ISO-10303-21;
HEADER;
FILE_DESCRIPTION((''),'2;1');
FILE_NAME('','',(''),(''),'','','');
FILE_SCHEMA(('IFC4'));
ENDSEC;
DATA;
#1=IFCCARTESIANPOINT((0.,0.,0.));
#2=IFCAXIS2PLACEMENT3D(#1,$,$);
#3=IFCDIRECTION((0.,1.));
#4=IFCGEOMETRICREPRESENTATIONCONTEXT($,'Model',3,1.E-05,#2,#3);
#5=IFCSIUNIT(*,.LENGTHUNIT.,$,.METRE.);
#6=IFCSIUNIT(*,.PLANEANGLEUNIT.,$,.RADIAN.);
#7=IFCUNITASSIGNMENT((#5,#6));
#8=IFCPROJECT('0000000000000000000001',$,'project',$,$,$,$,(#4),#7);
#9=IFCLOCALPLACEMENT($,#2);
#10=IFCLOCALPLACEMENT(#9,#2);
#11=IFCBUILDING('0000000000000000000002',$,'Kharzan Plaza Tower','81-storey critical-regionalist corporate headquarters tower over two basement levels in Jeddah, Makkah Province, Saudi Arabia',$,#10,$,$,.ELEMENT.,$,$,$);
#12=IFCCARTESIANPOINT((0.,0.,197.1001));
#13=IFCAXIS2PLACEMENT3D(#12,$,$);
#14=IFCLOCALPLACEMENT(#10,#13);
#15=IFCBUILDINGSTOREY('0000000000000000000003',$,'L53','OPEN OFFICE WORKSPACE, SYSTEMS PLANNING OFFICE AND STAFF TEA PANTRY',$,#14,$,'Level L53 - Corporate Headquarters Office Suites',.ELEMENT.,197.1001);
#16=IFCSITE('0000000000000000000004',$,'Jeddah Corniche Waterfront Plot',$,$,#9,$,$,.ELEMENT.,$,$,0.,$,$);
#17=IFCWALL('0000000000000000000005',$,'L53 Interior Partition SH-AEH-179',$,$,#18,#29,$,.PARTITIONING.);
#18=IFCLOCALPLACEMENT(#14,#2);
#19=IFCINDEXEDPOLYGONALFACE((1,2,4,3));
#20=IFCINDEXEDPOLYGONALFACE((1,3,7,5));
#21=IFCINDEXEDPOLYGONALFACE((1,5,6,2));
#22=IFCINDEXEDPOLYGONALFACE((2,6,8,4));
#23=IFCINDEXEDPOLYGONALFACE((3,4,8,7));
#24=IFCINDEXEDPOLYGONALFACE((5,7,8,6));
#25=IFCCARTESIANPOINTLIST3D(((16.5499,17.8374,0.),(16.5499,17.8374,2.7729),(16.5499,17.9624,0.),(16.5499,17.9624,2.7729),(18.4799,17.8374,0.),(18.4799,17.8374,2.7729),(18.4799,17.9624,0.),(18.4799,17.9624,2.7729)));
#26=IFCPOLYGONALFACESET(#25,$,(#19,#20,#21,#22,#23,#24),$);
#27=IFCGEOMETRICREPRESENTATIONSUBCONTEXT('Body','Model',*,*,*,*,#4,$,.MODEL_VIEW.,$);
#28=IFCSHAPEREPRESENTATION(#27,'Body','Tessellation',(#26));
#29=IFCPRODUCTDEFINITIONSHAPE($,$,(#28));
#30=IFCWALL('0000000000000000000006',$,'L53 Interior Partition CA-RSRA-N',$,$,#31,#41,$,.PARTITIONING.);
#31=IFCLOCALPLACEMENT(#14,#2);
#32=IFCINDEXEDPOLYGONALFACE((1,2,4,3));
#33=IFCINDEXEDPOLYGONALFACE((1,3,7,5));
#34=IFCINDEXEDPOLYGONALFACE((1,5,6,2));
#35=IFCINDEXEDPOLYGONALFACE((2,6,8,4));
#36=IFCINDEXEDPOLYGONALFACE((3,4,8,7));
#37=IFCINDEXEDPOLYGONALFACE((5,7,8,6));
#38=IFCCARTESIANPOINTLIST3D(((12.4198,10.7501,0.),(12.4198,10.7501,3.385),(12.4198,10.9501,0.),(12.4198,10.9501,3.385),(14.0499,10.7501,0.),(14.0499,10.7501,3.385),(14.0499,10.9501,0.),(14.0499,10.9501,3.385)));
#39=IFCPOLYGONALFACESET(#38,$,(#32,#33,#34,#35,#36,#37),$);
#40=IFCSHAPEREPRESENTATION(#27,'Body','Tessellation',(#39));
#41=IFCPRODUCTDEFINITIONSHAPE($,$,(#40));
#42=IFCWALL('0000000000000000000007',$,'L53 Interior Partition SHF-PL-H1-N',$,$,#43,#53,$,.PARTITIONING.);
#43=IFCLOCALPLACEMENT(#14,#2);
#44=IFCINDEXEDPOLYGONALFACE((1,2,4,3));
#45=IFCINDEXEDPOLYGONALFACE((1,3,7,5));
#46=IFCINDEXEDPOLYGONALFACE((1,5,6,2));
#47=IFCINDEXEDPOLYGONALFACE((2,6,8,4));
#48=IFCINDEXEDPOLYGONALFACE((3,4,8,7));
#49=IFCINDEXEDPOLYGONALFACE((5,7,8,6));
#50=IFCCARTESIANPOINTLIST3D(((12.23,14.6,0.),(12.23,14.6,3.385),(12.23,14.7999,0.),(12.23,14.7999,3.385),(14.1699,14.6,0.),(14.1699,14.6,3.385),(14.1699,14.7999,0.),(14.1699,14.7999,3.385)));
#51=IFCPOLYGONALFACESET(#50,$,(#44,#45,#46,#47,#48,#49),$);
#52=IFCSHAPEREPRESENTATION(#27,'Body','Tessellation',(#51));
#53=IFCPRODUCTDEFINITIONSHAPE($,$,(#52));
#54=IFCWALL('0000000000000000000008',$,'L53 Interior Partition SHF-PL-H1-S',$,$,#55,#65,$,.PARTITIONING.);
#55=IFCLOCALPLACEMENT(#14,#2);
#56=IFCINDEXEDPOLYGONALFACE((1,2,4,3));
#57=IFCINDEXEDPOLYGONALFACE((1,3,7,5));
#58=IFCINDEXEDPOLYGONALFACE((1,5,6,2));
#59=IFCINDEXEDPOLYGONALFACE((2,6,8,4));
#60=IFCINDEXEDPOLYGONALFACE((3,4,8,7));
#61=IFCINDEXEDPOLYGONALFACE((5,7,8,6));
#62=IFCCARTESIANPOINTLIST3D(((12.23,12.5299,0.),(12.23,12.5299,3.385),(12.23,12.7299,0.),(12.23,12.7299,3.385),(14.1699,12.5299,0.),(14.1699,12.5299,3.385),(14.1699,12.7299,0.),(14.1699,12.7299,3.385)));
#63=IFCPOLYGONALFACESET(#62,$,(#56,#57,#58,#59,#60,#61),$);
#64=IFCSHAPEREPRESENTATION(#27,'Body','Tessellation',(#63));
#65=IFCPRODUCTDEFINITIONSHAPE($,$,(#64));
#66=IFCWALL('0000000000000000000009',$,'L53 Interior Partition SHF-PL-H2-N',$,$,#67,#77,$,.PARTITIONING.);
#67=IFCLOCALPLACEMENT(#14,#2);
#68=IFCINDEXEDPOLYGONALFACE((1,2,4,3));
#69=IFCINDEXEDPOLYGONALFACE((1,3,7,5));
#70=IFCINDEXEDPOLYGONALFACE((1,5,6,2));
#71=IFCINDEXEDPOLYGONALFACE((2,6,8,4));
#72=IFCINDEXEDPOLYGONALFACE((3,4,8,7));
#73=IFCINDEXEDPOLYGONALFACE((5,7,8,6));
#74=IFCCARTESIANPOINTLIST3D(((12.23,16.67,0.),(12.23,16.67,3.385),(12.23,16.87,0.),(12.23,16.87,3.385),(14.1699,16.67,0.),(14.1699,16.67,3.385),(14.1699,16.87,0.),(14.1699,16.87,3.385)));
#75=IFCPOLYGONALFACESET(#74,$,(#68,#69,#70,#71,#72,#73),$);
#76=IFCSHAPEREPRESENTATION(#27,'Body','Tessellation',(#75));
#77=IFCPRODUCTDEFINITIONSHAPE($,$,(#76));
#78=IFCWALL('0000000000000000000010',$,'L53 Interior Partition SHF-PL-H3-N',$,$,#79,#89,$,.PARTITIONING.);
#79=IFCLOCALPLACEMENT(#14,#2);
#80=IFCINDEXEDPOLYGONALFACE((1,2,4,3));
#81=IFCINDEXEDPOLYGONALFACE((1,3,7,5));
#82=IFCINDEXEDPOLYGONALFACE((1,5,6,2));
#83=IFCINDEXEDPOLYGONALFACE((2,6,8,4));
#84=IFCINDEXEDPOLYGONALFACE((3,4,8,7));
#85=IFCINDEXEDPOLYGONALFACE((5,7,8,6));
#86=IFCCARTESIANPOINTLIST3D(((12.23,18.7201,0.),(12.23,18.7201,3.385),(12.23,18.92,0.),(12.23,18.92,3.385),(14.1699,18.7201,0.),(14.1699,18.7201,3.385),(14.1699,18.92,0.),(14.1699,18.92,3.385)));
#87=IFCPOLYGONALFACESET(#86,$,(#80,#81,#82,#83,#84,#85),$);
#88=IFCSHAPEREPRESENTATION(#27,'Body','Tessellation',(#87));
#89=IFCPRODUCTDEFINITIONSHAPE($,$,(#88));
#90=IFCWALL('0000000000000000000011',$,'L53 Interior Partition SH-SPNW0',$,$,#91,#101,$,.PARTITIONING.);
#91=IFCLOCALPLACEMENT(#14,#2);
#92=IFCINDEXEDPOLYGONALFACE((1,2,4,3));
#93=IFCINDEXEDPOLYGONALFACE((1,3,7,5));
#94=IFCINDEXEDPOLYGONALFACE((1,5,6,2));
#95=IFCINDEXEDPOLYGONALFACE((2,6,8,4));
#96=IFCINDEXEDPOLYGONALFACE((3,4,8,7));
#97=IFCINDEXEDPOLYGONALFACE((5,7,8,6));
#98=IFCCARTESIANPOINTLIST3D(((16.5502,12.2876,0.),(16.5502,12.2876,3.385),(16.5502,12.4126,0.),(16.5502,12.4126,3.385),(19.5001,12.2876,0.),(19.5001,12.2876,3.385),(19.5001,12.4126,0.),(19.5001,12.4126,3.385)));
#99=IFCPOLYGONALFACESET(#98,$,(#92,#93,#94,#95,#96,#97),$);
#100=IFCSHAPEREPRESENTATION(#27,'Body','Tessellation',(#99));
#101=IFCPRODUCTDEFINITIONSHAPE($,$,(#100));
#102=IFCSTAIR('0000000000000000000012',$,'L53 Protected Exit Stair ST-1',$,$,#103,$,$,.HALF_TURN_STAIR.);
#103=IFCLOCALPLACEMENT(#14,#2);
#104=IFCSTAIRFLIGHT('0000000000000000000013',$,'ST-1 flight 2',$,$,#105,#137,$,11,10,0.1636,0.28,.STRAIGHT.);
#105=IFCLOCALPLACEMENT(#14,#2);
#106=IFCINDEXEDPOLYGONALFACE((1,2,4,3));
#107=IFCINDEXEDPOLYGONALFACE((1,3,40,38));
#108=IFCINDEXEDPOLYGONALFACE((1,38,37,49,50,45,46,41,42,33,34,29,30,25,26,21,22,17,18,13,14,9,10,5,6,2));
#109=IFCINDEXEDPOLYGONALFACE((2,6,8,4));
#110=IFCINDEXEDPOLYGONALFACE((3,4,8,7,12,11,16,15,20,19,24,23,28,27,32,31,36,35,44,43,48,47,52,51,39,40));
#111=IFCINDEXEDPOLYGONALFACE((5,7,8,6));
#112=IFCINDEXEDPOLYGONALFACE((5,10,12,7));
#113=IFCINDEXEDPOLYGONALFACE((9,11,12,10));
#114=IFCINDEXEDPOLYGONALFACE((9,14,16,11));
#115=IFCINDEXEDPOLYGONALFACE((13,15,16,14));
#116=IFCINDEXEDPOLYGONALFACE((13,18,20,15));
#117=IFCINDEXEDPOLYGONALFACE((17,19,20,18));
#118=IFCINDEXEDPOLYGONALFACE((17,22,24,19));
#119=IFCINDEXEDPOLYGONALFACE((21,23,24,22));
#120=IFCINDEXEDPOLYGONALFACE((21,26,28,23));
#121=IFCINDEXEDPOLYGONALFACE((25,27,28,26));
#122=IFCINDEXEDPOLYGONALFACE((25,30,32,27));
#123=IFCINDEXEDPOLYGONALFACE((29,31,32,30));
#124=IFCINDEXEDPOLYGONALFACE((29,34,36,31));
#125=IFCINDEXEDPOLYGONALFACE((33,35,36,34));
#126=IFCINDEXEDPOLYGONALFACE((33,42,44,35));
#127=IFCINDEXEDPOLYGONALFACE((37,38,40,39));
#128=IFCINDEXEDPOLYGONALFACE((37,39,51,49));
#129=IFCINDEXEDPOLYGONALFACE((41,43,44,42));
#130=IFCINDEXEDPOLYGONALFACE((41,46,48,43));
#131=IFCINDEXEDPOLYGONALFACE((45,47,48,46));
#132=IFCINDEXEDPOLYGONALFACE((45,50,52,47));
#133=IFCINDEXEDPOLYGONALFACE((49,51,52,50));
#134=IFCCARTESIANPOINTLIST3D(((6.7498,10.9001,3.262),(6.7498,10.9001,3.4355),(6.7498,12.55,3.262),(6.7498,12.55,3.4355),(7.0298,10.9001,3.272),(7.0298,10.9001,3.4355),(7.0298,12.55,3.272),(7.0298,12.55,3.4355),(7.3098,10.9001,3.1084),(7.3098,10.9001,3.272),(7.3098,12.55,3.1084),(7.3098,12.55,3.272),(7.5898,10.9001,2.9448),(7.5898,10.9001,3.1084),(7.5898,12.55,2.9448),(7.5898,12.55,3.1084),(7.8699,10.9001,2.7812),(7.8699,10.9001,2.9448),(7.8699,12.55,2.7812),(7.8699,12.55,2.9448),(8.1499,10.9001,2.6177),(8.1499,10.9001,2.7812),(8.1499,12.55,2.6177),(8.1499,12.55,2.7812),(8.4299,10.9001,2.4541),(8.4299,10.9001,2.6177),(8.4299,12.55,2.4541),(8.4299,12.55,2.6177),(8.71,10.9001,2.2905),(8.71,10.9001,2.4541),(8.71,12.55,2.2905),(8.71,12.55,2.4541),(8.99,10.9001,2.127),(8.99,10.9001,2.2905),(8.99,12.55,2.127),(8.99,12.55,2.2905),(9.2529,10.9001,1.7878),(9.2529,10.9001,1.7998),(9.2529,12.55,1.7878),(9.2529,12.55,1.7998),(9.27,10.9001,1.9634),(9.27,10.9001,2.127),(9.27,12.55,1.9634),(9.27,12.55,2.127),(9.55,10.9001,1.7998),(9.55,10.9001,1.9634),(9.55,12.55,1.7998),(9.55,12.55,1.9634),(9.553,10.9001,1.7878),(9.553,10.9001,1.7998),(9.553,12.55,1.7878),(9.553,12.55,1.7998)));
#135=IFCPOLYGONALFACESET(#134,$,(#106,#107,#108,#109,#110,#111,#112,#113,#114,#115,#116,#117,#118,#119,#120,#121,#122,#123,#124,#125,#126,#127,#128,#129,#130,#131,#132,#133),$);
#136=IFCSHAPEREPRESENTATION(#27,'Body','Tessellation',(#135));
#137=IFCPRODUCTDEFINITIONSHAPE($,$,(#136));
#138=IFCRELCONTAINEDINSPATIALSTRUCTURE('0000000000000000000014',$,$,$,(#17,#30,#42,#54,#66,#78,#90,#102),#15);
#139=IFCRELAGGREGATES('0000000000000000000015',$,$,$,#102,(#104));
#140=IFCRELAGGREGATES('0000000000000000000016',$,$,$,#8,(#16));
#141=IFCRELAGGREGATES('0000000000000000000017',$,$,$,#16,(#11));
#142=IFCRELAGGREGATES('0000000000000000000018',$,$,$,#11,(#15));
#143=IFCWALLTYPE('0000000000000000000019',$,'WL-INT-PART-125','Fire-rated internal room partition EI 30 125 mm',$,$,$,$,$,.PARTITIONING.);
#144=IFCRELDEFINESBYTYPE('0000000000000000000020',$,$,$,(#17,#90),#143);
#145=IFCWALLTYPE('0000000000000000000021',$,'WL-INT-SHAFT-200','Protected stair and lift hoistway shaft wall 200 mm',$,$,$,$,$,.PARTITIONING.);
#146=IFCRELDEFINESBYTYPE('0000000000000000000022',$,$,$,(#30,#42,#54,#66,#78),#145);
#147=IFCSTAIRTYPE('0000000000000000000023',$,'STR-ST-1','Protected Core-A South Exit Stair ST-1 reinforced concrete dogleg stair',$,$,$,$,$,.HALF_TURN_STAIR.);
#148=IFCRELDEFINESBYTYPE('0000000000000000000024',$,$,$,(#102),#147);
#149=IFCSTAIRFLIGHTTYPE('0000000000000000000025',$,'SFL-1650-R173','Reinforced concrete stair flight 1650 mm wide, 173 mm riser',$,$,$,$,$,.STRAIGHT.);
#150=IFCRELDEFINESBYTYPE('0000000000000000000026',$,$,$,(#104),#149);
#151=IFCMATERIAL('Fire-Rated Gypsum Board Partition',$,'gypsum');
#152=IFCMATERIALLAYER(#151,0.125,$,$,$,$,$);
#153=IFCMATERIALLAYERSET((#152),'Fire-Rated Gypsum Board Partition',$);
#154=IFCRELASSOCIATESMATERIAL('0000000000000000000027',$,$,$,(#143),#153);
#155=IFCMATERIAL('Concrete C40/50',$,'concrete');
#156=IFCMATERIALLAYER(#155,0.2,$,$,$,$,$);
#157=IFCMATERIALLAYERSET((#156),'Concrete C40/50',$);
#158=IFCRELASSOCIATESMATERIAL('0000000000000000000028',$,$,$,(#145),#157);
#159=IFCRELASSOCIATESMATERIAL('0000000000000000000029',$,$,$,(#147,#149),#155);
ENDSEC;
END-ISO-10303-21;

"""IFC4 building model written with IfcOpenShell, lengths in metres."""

from ifc_helpers import new_model, si_unit, direction, frame, frame_2d, origin, place, context, subcontext, project, spatial, polyline, rectangle, outline, extrude, source, transform, mapped, material, layer, layer_set, type_object, element, aggregate, save


model = new_model("IFC4")

# Units and contexts
model_context = context("Model", 3, precision=1e-05, world=origin(), true_north=direction((0.0, 1.0)))
body_context = subcontext(model_context, "Body", "Model", "MODEL_VIEW")
ifc_project = project(units=[si_unit("LENGTHUNIT", "METRE"), si_unit("PLANEANGLEUNIT", "RADIAN")], contexts=[model_context])

# Site, building, storey
site_placement = place(None, origin())
site = spatial("IfcSite", under=ifc_project, at=site_placement, Name="Jeddah Corniche Waterfront Plot", CompositionType="ELEMENT", RefElevation=0.0)
building_placement = place(site_placement, origin())
building = spatial("IfcBuilding", under=site, at=building_placement, Name="Kharzan Plaza Tower", Description="81-storey critical-regionalist corporate headquarters tower over two basement levels in Jeddah, Makkah Province, Saudi Arabia", CompositionType="ELEMENT")
storey_placement = place(building_placement, frame((0.0, 0.0, 197.1001)))
storey = spatial("IfcBuildingStorey", under=building, at=storey_placement, Name="L53", Description="OPEN OFFICE WORKSPACE, SYSTEMS PLANNING OFFICE AND STAFF TEA PANTRY", LongName="Level L53 - Corporate Headquarters Office Suites", CompositionType="ELEMENT", Elevation=197.1001)

# Shared definitions
ifc_material_1 = material(Name="Fire-Rated Gypsum Board Partition", Category="gypsum")
ifc_layer_1 = layer(ifc_material_1, 0.125)
ifc_layer_set_1 = layer_set([ifc_layer_1], Name="Fire-Rated Gypsum Board Partition")
wall_type_1 = type_object("IfcWallType", Name="WL-INT-PART-125", Description="Fire-rated internal room partition EI 30 125 mm", PredefinedType="PARTITIONING", material=ifc_layer_set_1)
ifc_material_2 = material(Name="Concrete C40/50", Category="concrete")
ifc_layer_2 = layer(ifc_material_2, 0.2)
ifc_layer_set_2 = layer_set([ifc_layer_2], Name="Concrete C40/50")
wall_type_2 = type_object("IfcWallType", Name="WL-INT-SHAFT-200", Description="Protected stair and lift hoistway shaft wall 200 mm", PredefinedType="PARTITIONING", material=ifc_layer_set_2)

# Walls
shared_shape_1 = source(origin(), body_context, "Body", "SweptSolid", [
    extrude(rectangle(XDim=1.9299, YDim=0.125, at=frame_2d((0.9648, 0.0))), origin(), (0.0, 0.0, 1.0), 2.7729),
])
wall_1_placement = place(storey_placement, frame((16.55, 17.8999, 0.0), z_axis=(0.0, 0.0, 1.0), x_axis=(1.0, 0.0, 0.0)))
element("IfcWall", 1, at=wall_1_placement, inside=storey, type_object=wall_type_1, Name="L53 Interior Partition SH-AEH-179", PredefinedType="PARTITIONING", context=body_context, shape_type="MappedRepresentation", body=[
    mapped(shared_shape_1, transform((0.0, 0.0, 0.0), x_axis=(1.0, 0.0, 0.0), y_axis=(0.0, 1.0, 0.0), z_axis=(0.0, 0.0, 1.0))),
])
shared_shape_2 = source(origin(), body_context, "Body", "SweptSolid", [
    extrude(rectangle(XDim=1.6301, YDim=0.2, at=frame_2d((0.8149, 0.0))), origin(), (0.0, 0.0, 1.0), 3.385),
])
wall_2_placement = place(storey_placement, frame((12.4199, 10.8501, 0.0), z_axis=(0.0, 0.0, 1.0), x_axis=(1.0, 0.0, 0.0)))
element("IfcWall", 2, at=wall_2_placement, inside=storey, type_object=wall_type_2, Name="L53 Interior Partition CA-RSRA-N", PredefinedType="PARTITIONING", context=body_context, shape_type="MappedRepresentation", body=[
    mapped(shared_shape_2, transform((0.0, 0.0, 0.0), x_axis=(1.0, 0.0, 0.0), y_axis=(0.0, 1.0, 0.0), z_axis=(0.0, 0.0, 1.0))),
])
shared_shape_3 = source(origin(), body_context, "Body", "SweptSolid", [
    extrude(rectangle(XDim=1.9399, YDim=0.2, at=frame_2d((0.97, 0.0))), origin(), (0.0, 0.0, 1.0), 3.385),
])
for number, where, z_axis, x_axis, name in (
    (3, (12.23, 14.7, 0.0), (0.0, 0.0, 1.0), (1.0, 0.0, 0.0), "L53 Interior Partition SHF-PL-H1-N"),
    (4, (12.23, 12.6299, 0.0), (0.0, 0.0, 1.0), (1.0, 0.0, 0.0), "L53 Interior Partition SHF-PL-H1-S"),
    (5, (12.23, 16.77, 0.0), (0.0, 0.0, 1.0), (1.0, 0.0, 0.0), "L53 Interior Partition SHF-PL-H2-N"),
    (6, (12.23, 18.8201, 0.0), (0.0, 0.0, 1.0), (1.0, 0.0, 0.0), "L53 Interior Partition SHF-PL-H3-N"),
):
    element("IfcWall", number, at=place(storey_placement, frame(where, z_axis=z_axis, x_axis=x_axis)), inside=storey, type_object=wall_type_2, Name=name, PredefinedType="PARTITIONING", context=body_context, shape_type="MappedRepresentation", body=[
        mapped(shared_shape_3, transform((0.0, 0.0, 0.0), x_axis=(1.0, 0.0, 0.0), y_axis=(0.0, 1.0, 0.0), z_axis=(0.0, 0.0, 1.0))),
    ])
shared_shape_4 = source(origin(), body_context, "Body", "SweptSolid", [
    extrude(rectangle(XDim=2.95, YDim=0.125, at=frame_2d((1.4751, 0.0))), origin(), (0.0, 0.0, 1.0), 3.385),
])
wall_3_placement = place(storey_placement, frame((16.55, 12.3501, 0.0), z_axis=(0.0, 0.0, 1.0), x_axis=(1.0, 0.0, 0.0)))
element("IfcWall", 7, at=wall_3_placement, inside=storey, type_object=wall_type_1, Name="L53 Interior Partition SH-SPNW0", PredefinedType="PARTITIONING", context=body_context, shape_type="MappedRepresentation", body=[
    mapped(shared_shape_4, transform((0.0, 0.0, 0.0), x_axis=(1.0, 0.0, 0.0), y_axis=(0.0, 1.0, 0.0), z_axis=(0.0, 0.0, 1.0))),
])

# Stair, stair flight
stair_type = type_object("IfcStairType", Name="STR-ST-1", Description="Protected Core-A South Exit Stair ST-1 reinforced concrete dogleg stair", PredefinedType="HALF_TURN_STAIR", material=ifc_material_2)
stair_placement = place(storey_placement, origin())
stair = element("IfcStair", 8, at=stair_placement, inside=storey, type_object=stair_type, Name="L53 Protected Exit Stair ST-1", PredefinedType="HALF_TURN_STAIR")
stair_flight_type = type_object("IfcStairFlightType", Name="SFL-1650-R173", Description="Reinforced concrete stair flight 1650 mm wide, 173 mm riser", PredefinedType="STRAIGHT", material=ifc_material_2)
shared_shape_5 = source(origin(), body_context, "Body", "SweptSolid", [
    extrude(outline(polyline([(-0.0029, -0.012), (-0.0029, 0.0), (0.0, 0.0), (0.0, 0.1636), (0.28, 0.1636), (0.28, 0.3271), (0.5601, 0.3271), (0.5601, 0.4907), (0.8401, 0.4907), (0.8401, 0.6543), (1.1201, 0.6543), (1.1201, 0.8179), (1.4001, 0.8179), (1.4001, 0.9814), (1.6802, 0.9814), (1.6802, 1.145), (1.9602, 1.145), (1.9602, 1.3086), (2.2402, 1.3086), (2.2402, 1.4722), (2.5203, 1.4722), (2.5203, 1.6357), (2.8003, 1.6357), (2.8003, 1.7993), (2.8003, 1.4622), (0.2971, 0.0), (0.2971, -0.012), (-0.0029, -0.012)])), frame((0.0, 0.825, 0.0), z_axis=(0.0, -1.0, 0.0), x_axis=(1.0, 0.0, 0.0)), (0.0, 0.0, 1.0), 1.6499),
])
stair_flight_placement = place(storey_placement, frame((9.55, 11.7251, 1.7998), z_axis=(0.0, 0.0, 1.0), x_axis=(-1.0, 0.0, 0.0)))
stair_flight = element("IfcStairFlight", 9, at=stair_flight_placement, type_object=stair_flight_type, Name="ST-1 flight 2", NumberOfRisers=11, NumberOfTreads=10, PredefinedType="STRAIGHT", RiserHeight=0.1636, TreadLength=0.28, context=body_context, shape_type="MappedRepresentation", body=[
    mapped(shared_shape_5, transform((0.0, 0.0, 0.0), x_axis=(1.0, 0.0, 0.0), y_axis=(0.0, 1.0, 0.0), z_axis=(0.0, 0.0, 1.0))),
])
aggregate(stair, [stair_flight])

save(model, "model.ifc")
